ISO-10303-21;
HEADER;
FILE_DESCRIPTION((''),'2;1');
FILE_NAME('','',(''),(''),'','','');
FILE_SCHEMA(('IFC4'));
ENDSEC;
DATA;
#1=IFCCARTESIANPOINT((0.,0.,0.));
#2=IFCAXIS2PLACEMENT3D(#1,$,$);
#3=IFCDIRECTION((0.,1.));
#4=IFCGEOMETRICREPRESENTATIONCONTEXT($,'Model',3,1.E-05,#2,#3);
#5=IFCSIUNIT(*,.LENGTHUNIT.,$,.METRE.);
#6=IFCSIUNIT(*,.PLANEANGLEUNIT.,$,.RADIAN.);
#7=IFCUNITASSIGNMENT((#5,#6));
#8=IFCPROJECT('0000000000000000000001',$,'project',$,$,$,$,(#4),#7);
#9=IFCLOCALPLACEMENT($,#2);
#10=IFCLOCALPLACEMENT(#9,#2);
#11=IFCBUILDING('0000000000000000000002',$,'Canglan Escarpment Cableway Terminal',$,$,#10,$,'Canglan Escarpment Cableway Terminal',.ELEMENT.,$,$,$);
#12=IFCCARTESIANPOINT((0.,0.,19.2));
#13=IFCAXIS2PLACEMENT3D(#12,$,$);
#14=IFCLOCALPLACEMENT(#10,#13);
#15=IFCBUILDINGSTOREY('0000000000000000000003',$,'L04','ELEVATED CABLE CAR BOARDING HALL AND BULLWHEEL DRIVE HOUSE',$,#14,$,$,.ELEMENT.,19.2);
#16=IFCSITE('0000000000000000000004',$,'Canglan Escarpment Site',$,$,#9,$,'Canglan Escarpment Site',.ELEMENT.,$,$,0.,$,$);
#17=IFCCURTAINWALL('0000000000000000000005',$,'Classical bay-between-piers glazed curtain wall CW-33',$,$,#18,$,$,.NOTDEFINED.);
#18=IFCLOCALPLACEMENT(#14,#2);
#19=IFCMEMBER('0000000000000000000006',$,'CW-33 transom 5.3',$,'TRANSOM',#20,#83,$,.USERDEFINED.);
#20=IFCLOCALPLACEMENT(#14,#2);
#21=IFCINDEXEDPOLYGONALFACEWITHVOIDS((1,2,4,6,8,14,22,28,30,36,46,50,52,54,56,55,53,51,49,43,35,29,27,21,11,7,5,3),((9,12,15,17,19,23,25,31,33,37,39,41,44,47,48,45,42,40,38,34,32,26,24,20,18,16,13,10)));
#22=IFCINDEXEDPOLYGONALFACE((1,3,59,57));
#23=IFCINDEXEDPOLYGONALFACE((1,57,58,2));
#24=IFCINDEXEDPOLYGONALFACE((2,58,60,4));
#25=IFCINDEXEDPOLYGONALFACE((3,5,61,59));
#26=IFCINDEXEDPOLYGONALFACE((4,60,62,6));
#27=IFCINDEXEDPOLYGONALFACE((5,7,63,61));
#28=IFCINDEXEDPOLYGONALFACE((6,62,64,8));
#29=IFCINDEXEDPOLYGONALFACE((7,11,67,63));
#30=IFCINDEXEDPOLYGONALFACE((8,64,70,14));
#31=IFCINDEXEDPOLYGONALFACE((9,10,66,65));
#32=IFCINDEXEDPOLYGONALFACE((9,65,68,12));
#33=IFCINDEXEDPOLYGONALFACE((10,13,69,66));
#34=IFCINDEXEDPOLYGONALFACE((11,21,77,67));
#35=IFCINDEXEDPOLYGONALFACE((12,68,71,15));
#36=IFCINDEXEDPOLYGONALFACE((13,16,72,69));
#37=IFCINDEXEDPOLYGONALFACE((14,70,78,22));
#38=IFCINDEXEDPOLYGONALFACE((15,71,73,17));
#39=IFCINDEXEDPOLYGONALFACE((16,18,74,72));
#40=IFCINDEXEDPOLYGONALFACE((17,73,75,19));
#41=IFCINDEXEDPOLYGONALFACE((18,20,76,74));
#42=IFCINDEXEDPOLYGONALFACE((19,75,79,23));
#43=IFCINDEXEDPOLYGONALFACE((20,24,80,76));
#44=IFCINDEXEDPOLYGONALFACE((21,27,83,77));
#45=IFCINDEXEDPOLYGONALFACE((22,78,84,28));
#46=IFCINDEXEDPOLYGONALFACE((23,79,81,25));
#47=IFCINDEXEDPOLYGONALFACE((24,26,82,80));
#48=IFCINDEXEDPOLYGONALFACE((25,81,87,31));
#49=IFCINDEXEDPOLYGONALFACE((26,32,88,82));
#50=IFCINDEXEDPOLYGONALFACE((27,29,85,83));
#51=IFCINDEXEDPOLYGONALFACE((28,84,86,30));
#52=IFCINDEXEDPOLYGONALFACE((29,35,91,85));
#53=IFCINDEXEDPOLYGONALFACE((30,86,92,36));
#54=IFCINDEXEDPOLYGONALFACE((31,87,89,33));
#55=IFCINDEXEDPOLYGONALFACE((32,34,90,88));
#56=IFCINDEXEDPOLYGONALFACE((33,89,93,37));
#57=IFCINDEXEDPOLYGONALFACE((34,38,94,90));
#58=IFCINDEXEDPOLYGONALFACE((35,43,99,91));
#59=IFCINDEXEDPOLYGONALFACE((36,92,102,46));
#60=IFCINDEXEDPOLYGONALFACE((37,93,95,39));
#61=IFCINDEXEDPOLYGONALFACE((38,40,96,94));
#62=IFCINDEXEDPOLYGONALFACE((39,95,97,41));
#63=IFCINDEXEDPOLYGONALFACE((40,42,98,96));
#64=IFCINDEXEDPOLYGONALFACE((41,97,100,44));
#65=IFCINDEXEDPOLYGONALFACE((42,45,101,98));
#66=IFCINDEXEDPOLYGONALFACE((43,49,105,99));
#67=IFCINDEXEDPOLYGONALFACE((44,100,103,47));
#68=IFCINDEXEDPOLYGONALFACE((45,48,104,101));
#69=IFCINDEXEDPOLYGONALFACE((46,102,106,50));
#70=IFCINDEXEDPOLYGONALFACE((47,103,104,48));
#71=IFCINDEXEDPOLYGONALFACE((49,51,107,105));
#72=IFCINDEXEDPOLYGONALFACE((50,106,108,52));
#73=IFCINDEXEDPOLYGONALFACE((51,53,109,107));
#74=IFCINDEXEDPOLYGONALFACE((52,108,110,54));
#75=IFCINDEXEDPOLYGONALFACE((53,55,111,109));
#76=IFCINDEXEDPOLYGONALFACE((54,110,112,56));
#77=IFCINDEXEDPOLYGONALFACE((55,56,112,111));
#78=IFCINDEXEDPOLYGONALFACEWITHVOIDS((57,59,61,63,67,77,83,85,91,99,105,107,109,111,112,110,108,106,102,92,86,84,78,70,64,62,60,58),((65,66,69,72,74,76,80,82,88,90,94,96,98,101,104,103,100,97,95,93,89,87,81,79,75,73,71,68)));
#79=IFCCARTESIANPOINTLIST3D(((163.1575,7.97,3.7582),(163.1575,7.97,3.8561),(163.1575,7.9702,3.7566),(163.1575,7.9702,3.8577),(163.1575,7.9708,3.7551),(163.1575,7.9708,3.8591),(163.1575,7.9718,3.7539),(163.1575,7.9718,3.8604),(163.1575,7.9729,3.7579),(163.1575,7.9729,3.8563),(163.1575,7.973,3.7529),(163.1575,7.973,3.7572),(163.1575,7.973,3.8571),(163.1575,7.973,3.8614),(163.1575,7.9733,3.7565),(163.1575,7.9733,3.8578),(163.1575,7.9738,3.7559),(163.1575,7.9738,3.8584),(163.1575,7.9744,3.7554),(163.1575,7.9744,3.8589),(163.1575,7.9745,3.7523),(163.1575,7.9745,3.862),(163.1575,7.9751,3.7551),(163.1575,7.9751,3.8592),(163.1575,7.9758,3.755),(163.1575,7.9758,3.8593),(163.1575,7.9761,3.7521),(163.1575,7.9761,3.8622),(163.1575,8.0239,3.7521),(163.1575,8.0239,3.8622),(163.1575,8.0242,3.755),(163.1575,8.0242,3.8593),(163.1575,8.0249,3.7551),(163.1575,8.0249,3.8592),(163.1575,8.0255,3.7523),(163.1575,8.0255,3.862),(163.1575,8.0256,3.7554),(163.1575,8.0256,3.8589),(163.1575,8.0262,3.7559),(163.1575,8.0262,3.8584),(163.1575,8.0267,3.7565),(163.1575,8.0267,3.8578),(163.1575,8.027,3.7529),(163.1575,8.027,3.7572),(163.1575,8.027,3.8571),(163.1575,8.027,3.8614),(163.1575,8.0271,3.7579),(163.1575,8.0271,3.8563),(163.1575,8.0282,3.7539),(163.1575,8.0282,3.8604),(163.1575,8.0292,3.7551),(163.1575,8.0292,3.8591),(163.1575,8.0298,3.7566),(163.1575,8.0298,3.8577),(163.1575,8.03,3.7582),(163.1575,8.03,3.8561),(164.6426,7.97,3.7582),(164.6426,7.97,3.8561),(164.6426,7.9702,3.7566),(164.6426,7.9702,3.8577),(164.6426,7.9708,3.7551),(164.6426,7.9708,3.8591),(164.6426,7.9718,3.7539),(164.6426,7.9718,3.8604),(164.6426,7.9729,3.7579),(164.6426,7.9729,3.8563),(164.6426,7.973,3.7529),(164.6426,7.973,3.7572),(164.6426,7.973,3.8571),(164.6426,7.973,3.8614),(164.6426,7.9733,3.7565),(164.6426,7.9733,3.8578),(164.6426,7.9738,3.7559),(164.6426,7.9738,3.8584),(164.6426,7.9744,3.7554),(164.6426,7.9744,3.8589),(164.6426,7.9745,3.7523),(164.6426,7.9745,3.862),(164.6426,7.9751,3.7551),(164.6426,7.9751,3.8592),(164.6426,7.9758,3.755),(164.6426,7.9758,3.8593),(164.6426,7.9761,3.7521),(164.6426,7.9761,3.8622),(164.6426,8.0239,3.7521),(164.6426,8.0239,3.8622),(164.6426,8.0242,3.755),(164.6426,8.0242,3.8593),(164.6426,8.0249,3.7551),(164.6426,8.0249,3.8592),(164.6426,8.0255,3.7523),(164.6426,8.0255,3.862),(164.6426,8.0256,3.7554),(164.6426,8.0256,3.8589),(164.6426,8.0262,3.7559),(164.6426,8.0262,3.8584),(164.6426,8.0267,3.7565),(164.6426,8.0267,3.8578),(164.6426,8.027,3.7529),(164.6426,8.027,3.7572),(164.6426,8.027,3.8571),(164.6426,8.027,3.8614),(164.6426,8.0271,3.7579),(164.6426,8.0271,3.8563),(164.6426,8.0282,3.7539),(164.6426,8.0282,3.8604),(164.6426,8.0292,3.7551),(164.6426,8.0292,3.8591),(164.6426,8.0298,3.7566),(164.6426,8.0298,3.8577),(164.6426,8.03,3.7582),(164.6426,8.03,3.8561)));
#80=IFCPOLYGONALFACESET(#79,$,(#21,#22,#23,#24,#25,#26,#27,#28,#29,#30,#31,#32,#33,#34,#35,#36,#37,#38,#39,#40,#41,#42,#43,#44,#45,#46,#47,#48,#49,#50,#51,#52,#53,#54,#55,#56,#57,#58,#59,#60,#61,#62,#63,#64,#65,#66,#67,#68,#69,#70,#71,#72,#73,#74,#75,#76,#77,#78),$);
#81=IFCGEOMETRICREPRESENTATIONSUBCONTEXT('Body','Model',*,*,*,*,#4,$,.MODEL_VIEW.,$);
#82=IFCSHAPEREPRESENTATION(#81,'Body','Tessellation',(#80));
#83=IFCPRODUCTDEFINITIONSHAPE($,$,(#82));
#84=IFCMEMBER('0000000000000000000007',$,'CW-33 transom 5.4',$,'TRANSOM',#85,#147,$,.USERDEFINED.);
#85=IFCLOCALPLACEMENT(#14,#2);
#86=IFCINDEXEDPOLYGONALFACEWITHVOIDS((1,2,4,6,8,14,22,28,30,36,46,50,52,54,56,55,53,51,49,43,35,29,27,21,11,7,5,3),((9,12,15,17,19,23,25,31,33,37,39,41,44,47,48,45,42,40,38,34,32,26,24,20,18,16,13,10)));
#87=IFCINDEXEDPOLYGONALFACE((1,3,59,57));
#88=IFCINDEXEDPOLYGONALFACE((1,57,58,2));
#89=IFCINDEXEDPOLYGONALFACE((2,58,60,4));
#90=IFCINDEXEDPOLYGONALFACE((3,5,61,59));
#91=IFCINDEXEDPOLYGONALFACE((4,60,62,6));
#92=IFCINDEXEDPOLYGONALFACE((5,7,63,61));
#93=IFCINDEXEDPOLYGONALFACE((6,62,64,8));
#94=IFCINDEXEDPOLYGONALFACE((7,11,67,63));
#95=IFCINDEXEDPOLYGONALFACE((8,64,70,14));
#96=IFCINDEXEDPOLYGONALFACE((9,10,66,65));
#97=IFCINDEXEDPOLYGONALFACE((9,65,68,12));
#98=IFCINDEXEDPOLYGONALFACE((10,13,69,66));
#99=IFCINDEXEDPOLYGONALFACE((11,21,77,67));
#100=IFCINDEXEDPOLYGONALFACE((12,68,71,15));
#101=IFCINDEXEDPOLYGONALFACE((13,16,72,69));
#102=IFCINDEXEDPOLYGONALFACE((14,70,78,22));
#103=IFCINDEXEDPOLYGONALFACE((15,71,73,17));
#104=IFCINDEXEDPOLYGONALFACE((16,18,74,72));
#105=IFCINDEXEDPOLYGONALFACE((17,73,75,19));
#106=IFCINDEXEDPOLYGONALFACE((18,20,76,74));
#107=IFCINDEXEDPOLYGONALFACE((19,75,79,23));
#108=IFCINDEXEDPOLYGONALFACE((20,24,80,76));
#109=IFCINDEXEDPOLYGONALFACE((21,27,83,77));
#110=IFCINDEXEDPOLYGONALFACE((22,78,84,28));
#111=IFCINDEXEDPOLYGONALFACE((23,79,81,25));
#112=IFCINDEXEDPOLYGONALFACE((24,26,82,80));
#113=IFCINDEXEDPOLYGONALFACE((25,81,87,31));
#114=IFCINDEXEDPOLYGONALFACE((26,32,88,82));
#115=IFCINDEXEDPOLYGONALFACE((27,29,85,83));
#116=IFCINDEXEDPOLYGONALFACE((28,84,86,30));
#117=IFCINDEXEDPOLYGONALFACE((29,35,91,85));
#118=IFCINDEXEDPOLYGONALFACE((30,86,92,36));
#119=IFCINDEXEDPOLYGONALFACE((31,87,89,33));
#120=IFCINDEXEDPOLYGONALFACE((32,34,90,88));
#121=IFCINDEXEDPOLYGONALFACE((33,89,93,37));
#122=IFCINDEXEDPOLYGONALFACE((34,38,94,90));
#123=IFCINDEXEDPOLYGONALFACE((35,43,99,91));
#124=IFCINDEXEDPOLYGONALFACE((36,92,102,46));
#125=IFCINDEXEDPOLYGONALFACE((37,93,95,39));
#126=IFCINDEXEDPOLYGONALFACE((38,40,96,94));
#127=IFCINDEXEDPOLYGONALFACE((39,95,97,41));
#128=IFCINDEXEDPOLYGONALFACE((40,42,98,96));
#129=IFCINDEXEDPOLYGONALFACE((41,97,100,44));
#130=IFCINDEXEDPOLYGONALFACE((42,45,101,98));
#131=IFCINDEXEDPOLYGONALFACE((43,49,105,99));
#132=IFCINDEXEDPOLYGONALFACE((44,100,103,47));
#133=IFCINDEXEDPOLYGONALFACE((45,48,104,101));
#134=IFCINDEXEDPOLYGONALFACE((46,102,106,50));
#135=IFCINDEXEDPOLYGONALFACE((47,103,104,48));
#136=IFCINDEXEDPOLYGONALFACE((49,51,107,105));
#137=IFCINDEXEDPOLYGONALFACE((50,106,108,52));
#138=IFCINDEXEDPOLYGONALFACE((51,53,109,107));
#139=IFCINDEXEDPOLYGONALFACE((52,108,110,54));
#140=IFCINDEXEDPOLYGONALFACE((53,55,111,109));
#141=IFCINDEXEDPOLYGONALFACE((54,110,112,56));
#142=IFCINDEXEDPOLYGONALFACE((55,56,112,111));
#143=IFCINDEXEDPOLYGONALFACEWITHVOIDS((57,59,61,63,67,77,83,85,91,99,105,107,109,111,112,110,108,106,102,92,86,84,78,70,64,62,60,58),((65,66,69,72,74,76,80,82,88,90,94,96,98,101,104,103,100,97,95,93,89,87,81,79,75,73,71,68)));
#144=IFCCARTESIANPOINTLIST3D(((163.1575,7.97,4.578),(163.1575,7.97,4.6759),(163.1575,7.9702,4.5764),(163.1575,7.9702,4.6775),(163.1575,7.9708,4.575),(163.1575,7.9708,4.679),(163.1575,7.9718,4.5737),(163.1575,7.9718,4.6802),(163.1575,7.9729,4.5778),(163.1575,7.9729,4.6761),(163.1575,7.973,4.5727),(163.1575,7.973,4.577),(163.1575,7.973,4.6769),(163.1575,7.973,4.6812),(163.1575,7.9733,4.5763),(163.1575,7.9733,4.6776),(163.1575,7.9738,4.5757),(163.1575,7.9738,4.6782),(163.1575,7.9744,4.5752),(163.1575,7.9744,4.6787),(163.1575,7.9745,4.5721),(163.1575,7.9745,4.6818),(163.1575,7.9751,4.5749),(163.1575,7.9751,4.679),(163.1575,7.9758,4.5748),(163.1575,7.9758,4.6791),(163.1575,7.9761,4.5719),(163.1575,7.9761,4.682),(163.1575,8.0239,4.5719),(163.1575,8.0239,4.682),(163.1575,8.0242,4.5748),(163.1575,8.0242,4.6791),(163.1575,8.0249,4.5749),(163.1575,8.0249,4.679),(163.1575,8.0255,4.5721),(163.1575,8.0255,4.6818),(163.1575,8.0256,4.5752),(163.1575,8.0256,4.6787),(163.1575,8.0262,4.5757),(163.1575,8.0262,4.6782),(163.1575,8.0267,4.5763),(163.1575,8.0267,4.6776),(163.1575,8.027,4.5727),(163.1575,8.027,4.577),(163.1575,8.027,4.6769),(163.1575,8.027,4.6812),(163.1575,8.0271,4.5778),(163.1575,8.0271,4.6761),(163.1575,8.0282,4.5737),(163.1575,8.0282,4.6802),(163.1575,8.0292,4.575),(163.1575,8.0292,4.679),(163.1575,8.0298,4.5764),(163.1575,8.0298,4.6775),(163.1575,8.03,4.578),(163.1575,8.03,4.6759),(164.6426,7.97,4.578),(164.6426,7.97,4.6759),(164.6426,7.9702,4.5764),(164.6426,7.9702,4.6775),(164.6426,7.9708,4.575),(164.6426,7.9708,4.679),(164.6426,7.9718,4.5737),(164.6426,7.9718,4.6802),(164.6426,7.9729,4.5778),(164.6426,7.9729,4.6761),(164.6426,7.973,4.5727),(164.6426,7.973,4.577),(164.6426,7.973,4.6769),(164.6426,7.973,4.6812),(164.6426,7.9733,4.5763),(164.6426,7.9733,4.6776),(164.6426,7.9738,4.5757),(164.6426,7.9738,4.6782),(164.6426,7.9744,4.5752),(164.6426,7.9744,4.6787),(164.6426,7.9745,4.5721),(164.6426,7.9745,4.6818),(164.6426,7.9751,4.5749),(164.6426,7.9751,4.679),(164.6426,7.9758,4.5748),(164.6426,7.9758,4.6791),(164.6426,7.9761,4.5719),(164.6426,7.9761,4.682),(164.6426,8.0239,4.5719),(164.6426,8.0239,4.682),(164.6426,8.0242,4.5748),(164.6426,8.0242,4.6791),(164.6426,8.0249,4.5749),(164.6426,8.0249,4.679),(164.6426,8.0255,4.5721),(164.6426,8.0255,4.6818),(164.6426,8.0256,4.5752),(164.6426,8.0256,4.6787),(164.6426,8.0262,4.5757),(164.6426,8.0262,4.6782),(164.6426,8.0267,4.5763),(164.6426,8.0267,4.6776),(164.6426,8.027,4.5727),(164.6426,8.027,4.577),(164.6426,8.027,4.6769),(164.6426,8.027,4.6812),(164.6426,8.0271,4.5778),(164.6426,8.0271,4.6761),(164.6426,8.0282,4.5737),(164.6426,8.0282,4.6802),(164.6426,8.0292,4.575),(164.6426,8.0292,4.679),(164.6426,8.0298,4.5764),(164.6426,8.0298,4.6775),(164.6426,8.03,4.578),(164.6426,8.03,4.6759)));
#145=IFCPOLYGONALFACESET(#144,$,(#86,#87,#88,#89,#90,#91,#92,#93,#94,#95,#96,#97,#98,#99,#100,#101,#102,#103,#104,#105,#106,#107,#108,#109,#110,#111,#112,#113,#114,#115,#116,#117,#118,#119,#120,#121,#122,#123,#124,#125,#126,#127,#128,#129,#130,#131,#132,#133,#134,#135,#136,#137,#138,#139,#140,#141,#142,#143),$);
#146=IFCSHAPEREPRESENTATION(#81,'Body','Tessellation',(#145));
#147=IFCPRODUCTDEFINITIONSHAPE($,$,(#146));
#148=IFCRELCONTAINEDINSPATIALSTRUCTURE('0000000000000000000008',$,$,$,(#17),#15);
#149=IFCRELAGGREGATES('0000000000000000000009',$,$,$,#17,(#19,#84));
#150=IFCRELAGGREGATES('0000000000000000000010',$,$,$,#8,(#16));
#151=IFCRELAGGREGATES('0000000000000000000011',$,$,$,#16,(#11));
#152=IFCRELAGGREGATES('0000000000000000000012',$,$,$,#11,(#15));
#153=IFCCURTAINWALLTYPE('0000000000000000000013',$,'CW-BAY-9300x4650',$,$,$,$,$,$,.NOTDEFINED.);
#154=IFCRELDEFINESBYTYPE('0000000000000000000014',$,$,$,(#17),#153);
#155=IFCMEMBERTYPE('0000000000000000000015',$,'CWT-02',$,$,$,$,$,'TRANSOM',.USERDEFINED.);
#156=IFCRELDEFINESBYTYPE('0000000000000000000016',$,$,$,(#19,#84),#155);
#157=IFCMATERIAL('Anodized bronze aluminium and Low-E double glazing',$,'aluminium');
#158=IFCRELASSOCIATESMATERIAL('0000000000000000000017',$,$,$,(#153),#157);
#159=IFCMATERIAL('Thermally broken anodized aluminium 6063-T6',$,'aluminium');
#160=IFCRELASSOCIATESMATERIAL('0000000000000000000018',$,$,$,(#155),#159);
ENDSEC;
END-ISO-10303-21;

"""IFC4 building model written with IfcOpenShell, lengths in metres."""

from ifc_helpers import new_model, si_unit, direction, frame, origin, origin_2d, place, context, subcontext, project, spatial, hollow_rectangle, extrude, material, material_profile, profile_set, type_object, element, aggregate, save


model = new_model("IFC4")

# Units and contexts
model_context = context("Model", 3, precision=1e-05, world=origin(), true_north=direction((0.0, 1.0)))
body_context = subcontext(model_context, "Body", "Model", "MODEL_VIEW")
ifc_project = project(units=[si_unit("LENGTHUNIT", "METRE"), si_unit("PLANEANGLEUNIT", "RADIAN")], contexts=[model_context])

# Site, building, storey
site_placement = place(None, origin())
site = spatial("IfcSite", under=ifc_project, at=site_placement, Name="Canglan Escarpment Site", LongName="Canglan Escarpment Site", CompositionType="ELEMENT", RefElevation=0.0)
building_placement = place(site_placement, origin())
building = spatial("IfcBuilding", under=site, at=building_placement, Name="Canglan Escarpment Cableway Terminal", LongName="Canglan Escarpment Cableway Terminal", CompositionType="ELEMENT")
storey_placement = place(building_placement, frame((0.0, 0.0, 19.2)))
storey = spatial("IfcBuildingStorey", under=building, at=storey_placement, Name="L04", Description="ELEVATED CABLE CAR BOARDING HALL AND BULLWHEEL DRIVE HOUSE", CompositionType="ELEMENT", Elevation=19.2)

# Curtain wall, members
ifc_material_1 = material(Name="Anodized bronze aluminium and Low-E double glazing", Category="aluminium")
curtain_wall_type = type_object("IfcCurtainWallType", Name="CW-BAY-9300x4650", PredefinedType="NOTDEFINED", material=ifc_material_1)
curtain_wall_placement = place(storey_placement, origin())
curtain_wall = element("IfcCurtainWall", 1, at=curtain_wall_placement, inside=storey, type_object=curtain_wall_type, Name="Classical bay-between-piers glazed curtain wall CW-33", PredefinedType="NOTDEFINED")
ifc_material_2 = material(Name="Thermally broken anodized aluminium 6063-T6", Category="aluminium")
ifc_material_profile_1 = material_profile(ifc_material_2, hollow_rectangle(XDim=0.0601, YDim=0.1101, WallThickness=0.0029, InnerFilletRadius=0.0029, OuterFilletRadius=0.0061, at=origin_2d()), Name="ALU-TRAN 60x110x3")
ifc_profile_set_1 = profile_set([ifc_material_profile_1], Name="Thermally broken anodized aluminium 6063-T6")
member_type_1 = type_object("IfcMemberType", Name="CWT-02", ElementType="TRANSOM", PredefinedType="USERDEFINED", material=ifc_profile_set_1)
member_1_placement = place(storey_placement, frame((163.1575, 8.0, 3.8071), z_axis=(1.0, 0.0, 0.0), x_axis=(0.0, 1.0, 0.0)))
member_1 = element("IfcMember", 2, at=member_1_placement, type_object=member_type_1, Name="CW-33 transom 5.3", ObjectType="TRANSOM", PredefinedType="USERDEFINED", context=body_context, shape_type="SweptSolid", body=[
    extrude(hollow_rectangle(XDim=0.0601, YDim=0.1101, WallThickness=0.0029, InnerFilletRadius=0.0029, OuterFilletRadius=0.0061, at=origin_2d()), origin(), (0.0, 0.0, 1.0), 1.4851),
])
member_2_placement = place(storey_placement, frame((163.1575, 8.0, 4.627), z_axis=(1.0, 0.0, 0.0), x_axis=(0.0, 1.0, 0.0)))
member_2 = element("IfcMember", 3, at=member_2_placement, type_object=member_type_1, Name="CW-33 transom 5.4", ObjectType="TRANSOM", PredefinedType="USERDEFINED", context=body_context, shape_type="SweptSolid", body=[
    extrude(hollow_rectangle(XDim=0.0601, YDim=0.1101, WallThickness=0.0029, InnerFilletRadius=0.0029, OuterFilletRadius=0.0061, at=origin_2d()), origin(), (0.0, 0.0, 1.0), 1.4851),
])
aggregate(curtain_wall, [member_1, member_2])

save(model, "model.ifc")
